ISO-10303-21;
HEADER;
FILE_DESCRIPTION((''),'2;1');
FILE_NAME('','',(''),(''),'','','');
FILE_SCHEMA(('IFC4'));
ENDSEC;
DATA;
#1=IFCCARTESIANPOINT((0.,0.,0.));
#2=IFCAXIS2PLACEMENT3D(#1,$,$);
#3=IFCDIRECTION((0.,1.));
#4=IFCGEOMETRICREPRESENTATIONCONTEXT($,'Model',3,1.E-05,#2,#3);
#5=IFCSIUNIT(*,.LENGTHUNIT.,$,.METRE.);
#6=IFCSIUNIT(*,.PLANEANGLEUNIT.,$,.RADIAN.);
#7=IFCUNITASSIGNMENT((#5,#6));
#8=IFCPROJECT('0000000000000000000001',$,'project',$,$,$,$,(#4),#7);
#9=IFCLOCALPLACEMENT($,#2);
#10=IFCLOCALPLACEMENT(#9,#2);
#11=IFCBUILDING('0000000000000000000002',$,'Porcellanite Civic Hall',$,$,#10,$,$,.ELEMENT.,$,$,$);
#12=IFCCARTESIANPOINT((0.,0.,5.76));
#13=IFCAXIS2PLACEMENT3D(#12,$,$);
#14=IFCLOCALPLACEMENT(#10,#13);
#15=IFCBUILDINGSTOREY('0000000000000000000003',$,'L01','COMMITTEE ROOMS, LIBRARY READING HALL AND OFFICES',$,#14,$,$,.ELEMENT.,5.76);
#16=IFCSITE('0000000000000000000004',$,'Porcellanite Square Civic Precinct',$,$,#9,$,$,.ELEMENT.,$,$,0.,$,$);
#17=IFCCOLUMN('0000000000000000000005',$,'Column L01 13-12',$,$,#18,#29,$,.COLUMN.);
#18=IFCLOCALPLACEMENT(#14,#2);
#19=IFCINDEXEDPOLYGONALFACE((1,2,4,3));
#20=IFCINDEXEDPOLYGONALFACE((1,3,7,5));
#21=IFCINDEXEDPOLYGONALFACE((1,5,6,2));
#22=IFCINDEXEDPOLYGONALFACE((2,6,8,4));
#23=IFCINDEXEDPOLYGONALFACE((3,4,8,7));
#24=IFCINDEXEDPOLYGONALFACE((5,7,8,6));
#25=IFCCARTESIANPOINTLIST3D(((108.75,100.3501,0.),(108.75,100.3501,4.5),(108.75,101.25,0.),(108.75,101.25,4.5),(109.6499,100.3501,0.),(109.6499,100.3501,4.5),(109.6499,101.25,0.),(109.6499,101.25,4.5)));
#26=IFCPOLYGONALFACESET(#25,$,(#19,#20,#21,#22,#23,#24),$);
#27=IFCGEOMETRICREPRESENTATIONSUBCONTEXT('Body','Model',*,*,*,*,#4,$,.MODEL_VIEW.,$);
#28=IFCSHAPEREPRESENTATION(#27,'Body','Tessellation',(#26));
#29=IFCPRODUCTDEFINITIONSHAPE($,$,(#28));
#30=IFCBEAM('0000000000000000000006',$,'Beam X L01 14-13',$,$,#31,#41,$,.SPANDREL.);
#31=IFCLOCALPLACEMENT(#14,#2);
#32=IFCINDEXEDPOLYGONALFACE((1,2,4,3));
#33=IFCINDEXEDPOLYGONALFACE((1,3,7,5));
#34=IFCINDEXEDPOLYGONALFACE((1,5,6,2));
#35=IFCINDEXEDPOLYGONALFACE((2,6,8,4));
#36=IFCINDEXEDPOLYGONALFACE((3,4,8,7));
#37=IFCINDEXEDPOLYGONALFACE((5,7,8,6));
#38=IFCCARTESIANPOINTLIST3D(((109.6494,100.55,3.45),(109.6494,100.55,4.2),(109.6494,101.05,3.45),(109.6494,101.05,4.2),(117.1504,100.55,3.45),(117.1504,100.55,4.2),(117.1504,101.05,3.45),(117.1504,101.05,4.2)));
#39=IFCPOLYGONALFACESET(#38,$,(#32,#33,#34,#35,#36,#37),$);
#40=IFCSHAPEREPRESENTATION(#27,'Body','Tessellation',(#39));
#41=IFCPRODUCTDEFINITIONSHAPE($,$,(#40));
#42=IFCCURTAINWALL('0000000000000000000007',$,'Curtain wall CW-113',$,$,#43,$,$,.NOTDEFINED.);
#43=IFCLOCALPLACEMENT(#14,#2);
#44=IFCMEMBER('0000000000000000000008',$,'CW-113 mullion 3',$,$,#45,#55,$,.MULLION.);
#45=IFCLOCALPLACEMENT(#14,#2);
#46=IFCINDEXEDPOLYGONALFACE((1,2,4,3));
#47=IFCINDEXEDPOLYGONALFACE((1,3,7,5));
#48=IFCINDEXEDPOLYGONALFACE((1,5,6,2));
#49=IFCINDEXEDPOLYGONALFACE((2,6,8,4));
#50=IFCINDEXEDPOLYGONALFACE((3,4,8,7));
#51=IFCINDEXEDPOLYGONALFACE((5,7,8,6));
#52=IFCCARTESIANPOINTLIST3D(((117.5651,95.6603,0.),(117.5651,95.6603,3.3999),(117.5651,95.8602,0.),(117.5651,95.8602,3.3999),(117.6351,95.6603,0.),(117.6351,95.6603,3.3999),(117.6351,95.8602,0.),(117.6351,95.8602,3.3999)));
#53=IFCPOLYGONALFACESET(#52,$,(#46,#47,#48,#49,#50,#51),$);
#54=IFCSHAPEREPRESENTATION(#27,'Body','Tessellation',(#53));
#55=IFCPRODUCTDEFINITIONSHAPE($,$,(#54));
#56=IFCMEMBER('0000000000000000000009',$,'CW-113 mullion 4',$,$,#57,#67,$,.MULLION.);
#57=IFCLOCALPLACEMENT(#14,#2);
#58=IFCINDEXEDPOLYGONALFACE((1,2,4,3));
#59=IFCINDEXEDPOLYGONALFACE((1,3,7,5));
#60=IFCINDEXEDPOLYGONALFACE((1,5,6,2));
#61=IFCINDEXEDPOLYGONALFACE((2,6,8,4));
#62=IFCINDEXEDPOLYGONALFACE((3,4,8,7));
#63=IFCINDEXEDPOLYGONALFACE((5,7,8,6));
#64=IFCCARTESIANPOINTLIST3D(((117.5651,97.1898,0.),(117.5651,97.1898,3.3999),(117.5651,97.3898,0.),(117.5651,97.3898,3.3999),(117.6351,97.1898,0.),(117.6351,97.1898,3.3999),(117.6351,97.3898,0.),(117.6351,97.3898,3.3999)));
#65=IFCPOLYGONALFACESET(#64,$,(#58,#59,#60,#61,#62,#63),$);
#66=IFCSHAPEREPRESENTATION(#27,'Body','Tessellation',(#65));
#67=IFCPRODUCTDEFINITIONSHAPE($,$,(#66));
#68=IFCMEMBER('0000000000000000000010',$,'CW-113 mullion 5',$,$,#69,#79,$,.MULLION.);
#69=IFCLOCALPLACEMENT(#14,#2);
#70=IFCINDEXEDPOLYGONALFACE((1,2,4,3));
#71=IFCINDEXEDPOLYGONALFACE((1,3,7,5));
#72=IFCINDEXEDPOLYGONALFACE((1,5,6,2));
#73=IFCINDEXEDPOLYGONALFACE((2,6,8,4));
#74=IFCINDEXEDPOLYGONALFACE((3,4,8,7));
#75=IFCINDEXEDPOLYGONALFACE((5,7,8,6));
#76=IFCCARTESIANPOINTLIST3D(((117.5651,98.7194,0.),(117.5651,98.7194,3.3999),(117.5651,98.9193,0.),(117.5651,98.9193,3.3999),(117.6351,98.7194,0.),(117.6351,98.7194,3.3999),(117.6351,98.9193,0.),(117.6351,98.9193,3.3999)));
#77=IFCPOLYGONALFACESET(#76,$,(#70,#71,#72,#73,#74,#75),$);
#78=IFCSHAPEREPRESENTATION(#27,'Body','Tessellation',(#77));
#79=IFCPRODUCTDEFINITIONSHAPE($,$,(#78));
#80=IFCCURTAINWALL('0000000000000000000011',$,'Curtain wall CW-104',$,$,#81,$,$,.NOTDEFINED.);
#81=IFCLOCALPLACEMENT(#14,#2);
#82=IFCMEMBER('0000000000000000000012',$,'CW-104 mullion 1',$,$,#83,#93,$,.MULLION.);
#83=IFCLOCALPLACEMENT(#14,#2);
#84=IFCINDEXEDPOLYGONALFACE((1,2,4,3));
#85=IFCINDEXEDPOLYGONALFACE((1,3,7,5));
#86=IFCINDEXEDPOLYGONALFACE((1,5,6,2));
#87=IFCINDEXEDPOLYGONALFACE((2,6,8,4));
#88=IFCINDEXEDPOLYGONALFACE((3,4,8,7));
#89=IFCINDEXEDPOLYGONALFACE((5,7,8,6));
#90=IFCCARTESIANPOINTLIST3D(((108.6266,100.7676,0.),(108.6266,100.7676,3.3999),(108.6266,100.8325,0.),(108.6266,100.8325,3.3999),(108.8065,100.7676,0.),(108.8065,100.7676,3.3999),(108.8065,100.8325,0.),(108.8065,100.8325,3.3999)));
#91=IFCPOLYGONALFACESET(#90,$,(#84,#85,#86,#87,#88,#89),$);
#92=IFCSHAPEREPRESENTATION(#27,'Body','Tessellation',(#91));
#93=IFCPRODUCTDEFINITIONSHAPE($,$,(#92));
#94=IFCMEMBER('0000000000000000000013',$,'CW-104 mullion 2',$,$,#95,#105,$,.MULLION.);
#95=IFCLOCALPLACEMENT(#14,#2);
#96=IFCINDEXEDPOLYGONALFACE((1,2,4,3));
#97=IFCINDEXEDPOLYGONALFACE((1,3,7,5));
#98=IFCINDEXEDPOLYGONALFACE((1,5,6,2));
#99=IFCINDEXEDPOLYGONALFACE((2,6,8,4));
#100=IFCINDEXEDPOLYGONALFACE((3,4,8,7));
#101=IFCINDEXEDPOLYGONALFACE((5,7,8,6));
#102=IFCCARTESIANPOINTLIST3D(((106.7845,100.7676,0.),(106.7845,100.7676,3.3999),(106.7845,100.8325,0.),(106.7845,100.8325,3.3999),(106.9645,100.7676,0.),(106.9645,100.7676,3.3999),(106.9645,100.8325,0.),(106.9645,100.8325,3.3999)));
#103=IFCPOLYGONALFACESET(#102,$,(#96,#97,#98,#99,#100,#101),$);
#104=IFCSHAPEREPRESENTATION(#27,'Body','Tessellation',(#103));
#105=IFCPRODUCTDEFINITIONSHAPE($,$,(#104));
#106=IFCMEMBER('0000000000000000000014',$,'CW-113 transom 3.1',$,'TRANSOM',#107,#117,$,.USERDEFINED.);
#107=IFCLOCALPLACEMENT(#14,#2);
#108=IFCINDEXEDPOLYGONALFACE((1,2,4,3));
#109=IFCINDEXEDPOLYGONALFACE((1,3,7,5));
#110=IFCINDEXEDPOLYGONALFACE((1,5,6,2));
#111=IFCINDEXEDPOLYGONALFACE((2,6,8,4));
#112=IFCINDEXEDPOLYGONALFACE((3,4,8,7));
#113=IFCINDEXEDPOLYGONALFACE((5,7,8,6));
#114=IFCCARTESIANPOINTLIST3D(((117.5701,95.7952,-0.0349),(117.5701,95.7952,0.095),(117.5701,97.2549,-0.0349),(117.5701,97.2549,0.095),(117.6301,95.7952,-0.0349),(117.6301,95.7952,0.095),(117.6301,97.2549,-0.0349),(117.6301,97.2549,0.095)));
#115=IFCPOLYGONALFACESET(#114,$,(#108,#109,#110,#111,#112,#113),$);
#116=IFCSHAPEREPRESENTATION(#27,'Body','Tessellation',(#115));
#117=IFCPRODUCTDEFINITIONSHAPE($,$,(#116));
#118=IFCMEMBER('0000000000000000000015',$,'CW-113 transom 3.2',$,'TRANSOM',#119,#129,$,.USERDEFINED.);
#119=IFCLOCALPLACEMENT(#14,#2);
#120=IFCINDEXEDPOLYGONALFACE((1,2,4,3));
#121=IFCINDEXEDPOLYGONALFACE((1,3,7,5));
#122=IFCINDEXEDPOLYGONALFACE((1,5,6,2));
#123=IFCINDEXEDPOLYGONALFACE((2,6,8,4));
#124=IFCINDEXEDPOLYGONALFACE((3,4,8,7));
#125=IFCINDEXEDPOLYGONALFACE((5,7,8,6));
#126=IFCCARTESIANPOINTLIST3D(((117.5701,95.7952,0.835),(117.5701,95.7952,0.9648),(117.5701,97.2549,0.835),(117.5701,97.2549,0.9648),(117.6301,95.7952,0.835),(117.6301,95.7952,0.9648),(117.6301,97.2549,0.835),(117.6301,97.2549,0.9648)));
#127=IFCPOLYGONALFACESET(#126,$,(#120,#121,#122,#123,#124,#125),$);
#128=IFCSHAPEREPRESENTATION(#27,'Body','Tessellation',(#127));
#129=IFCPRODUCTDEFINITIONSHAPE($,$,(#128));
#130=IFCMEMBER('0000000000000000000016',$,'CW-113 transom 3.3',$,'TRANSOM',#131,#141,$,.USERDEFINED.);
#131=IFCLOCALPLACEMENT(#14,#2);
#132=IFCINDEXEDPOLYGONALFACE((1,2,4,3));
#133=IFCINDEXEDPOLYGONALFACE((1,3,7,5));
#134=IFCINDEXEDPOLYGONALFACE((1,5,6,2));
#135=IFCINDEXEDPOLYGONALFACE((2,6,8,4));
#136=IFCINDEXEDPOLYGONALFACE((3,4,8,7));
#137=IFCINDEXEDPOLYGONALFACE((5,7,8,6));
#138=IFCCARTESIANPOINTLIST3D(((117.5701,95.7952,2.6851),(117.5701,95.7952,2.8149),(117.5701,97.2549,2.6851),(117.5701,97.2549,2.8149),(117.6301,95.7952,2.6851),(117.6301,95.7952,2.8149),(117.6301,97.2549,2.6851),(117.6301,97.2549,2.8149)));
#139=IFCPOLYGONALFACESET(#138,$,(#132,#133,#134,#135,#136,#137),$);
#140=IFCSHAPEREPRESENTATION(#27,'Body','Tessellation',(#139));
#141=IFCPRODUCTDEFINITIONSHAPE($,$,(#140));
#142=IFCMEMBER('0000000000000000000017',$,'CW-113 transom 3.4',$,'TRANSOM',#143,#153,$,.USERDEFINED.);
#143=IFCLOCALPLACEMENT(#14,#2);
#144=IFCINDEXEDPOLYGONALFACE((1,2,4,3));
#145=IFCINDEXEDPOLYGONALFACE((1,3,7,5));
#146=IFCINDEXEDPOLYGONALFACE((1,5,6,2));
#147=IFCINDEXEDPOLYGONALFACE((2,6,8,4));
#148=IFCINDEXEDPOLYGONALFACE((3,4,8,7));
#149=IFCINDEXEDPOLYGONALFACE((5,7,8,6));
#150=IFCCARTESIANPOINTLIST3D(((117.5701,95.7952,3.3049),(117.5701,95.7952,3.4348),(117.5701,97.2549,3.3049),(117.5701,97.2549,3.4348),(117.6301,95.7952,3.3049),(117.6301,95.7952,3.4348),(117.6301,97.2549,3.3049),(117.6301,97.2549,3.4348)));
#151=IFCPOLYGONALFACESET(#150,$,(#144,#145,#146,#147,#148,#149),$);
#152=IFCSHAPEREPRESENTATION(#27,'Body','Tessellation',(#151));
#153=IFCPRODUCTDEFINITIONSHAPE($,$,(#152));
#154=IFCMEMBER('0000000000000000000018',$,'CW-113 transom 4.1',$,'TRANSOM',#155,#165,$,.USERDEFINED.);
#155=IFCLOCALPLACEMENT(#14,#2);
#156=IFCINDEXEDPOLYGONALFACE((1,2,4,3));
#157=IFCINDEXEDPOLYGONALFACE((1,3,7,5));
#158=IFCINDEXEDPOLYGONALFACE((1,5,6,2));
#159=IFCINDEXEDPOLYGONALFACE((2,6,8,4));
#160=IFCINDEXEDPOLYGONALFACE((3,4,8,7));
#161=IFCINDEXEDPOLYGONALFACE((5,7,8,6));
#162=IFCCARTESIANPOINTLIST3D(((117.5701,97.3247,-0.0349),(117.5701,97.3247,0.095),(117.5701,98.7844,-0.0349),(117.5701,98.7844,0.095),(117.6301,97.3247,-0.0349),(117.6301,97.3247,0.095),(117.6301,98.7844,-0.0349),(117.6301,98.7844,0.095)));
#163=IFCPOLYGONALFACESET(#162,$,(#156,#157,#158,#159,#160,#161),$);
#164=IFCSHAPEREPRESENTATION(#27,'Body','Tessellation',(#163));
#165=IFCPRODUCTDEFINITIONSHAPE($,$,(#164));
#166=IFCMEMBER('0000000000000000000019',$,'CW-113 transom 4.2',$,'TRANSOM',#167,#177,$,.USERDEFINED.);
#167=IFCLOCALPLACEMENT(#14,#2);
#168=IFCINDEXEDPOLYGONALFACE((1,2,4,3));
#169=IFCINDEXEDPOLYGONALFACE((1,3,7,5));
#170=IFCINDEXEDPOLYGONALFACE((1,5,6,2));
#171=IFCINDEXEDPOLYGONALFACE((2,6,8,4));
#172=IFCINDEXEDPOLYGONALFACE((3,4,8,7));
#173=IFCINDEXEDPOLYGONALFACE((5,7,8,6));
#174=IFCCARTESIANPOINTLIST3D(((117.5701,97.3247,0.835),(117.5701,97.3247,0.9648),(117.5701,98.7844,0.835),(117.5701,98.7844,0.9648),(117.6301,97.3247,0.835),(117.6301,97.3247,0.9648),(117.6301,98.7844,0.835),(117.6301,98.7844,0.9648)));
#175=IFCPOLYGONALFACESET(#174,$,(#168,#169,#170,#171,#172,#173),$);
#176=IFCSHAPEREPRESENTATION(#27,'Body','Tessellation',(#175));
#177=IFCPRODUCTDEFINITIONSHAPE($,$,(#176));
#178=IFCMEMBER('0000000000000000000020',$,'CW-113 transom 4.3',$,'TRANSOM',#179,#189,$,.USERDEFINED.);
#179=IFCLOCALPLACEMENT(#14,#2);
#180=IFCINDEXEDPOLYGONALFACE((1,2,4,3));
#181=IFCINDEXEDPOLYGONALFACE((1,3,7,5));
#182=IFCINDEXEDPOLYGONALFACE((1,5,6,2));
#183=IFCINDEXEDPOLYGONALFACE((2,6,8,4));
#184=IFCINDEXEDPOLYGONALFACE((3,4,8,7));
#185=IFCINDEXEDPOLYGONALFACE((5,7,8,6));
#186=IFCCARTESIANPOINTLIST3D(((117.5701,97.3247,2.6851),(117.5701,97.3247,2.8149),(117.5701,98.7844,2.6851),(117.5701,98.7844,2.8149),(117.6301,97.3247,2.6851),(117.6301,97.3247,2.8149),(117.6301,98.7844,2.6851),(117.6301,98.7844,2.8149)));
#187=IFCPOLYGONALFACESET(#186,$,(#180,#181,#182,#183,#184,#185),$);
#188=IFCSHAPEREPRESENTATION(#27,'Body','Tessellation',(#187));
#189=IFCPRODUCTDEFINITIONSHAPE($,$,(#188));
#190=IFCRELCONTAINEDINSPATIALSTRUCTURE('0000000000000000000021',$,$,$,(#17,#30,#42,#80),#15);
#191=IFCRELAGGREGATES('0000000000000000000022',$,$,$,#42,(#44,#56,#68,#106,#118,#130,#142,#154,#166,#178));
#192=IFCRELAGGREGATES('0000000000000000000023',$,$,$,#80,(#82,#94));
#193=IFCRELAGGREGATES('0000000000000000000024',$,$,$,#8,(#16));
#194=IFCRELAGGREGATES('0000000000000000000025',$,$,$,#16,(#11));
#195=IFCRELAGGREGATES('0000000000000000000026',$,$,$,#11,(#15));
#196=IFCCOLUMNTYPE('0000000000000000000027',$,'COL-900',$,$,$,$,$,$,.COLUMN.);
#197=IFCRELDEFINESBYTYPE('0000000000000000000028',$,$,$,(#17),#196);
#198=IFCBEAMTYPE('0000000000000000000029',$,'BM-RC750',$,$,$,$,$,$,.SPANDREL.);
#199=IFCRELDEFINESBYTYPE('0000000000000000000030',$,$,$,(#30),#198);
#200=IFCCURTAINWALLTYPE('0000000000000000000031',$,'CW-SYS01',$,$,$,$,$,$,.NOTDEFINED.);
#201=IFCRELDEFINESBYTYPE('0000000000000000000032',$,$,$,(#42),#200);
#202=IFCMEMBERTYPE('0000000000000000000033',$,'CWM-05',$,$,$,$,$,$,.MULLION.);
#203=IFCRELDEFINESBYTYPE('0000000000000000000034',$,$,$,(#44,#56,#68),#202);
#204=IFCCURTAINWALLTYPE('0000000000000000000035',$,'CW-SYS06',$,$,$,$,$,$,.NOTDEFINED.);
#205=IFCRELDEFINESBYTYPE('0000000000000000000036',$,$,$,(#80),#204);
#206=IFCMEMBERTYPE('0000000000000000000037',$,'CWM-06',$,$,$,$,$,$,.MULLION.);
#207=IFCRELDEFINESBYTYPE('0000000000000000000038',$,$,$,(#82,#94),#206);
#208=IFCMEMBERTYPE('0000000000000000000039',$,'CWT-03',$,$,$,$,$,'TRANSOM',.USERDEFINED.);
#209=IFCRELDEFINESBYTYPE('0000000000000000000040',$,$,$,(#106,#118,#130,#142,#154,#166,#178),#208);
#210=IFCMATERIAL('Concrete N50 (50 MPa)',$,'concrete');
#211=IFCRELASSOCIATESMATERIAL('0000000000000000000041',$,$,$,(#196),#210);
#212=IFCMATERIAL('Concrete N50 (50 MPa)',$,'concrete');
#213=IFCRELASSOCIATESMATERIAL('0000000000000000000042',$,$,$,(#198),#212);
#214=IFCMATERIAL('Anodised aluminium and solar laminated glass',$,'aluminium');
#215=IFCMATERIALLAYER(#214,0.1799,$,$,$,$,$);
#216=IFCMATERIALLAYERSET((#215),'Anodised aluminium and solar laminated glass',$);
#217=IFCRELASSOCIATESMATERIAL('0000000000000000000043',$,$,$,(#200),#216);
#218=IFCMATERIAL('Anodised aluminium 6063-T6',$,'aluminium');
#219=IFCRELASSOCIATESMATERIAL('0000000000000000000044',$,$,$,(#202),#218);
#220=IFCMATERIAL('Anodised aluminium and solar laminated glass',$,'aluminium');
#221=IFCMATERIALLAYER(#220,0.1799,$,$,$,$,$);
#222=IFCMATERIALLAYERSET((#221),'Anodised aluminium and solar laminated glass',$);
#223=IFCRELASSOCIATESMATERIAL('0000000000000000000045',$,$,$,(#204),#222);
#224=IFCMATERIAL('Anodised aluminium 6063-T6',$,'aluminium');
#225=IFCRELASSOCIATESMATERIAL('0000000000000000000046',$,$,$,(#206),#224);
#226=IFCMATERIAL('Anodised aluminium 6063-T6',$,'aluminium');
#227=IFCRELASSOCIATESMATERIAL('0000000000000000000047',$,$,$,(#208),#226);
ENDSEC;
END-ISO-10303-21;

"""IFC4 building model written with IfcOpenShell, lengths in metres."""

from ifc_helpers import new_model, si_unit, direction, frame, origin, origin_2d, place, context, subcontext, project, spatial, rectangle, extrude, material, layer, layer_set, material_profile, profile_set, type_object, element, aggregate, save


model = new_model("IFC4")

# Units and contexts
model_context = context("Model", 3, precision=1e-05, world=origin(), true_north=direction((0.0, 1.0)))
body_context = subcontext(model_context, "Body", "Model", "MODEL_VIEW")
ifc_project = project(units=[si_unit("LENGTHUNIT", "METRE"), si_unit("PLANEANGLEUNIT", "RADIAN")], contexts=[model_context])

# Site, building, storey
site_placement = place(None, origin())
site = spatial("IfcSite", under=ifc_project, at=site_placement, Name="Porcellanite Square Civic Precinct", CompositionType="ELEMENT", RefElevation=0.0)
building_placement = place(site_placement, origin())
building = spatial("IfcBuilding", under=site, at=building_placement, Name="Porcellanite Civic Hall", CompositionType="ELEMENT")
storey_placement = place(building_placement, frame((0.0, 0.0, 5.76)))
storey = spatial("IfcBuildingStorey", under=building, at=storey_placement, Name="L01", Description="COMMITTEE ROOMS, LIBRARY READING HALL AND OFFICES", CompositionType="ELEMENT", Elevation=5.76)

# Column
ifc_material_1 = material(Name="Concrete N50 (50 MPa)", Category="concrete")
ifc_material_profile_1 = material_profile(ifc_material_1, rectangle(XDim=0.8999, YDim=0.8999, at=origin_2d()), Name="RC-900x900")
ifc_profile_set_1 = profile_set([ifc_material_profile_1], Name="Concrete N50 (50 MPa)")
column_type = type_object("IfcColumnType", Name="COL-900", PredefinedType="COLUMN", material=ifc_profile_set_1)
column_placement = place(storey_placement, frame((109.2, 100.8, 0.0), z_axis=(0.0, 0.0, 1.0), x_axis=(1.0, 0.0, 0.0)))
element("IfcColumn", 1, at=column_placement, inside=storey, type_object=column_type, Name="Column L01 13-12", PredefinedType="COLUMN", context=body_context, shape_type="SweptSolid", body=[
    extrude(rectangle(XDim=0.8999, YDim=0.8999, at=origin_2d()), origin(), (0.0, 0.0, 1.0), 4.5),
])

# Beam
ifc_material_2 = material(Name="Concrete N50 (50 MPa)", Category="concrete")
ifc_material_profile_2 = material_profile(ifc_material_2, rectangle(XDim=0.5, YDim=0.75, at=origin_2d()), Name="RC-500x750")
ifc_profile_set_2 = profile_set([ifc_material_profile_2], Name="Concrete N50 (50 MPa)")
beam_type = type_object("IfcBeamType", Name="BM-RC750", PredefinedType="SPANDREL", material=ifc_profile_set_2)
beam_placement = place(storey_placement, frame((109.6494, 100.8, 3.825), z_axis=(1.0, 0.0, 0.0), x_axis=(0.0, 1.0, 0.0)))
element("IfcBeam", 2, at=beam_placement, inside=storey, type_object=beam_type, Name="Beam X L01 14-13", PredefinedType="SPANDREL", context=body_context, shape_type="SweptSolid", body=[
    extrude(rectangle(XDim=0.5, YDim=0.75, at=origin_2d()), origin(), (0.0, 0.0, 1.0), 7.501),
])

# Curtain walls, members
ifc_material_3 = material(Name="Anodised aluminium and solar laminated glass", Category="aluminium")
ifc_layer_1 = layer(ifc_material_3, 0.1799)
ifc_layer_set_1 = layer_set([ifc_layer_1], Name="Anodised aluminium and solar laminated glass")
curtain_wall_type_1 = type_object("IfcCurtainWallType", Name="CW-SYS01", PredefinedType="NOTDEFINED", material=ifc_layer_set_1)
curtain_wall_1_placement = place(storey_placement, origin())
curtain_wall_1 = element("IfcCurtainWall", 3, at=curtain_wall_1_placement, inside=storey, type_object=curtain_wall_type_1, Name="Curtain wall CW-113", PredefinedType="NOTDEFINED")
ifc_material_4 = material(Name="Anodised aluminium 6063-T6", Category="aluminium")
ifc_material_profile_3 = material_profile(ifc_material_4, rectangle(XDim=0.0701, YDim=0.2, at=origin_2d()), Name="AL-70x200")
ifc_profile_set_3 = profile_set([ifc_material_profile_3], Name="Anodised aluminium 6063-T6")
member_type_1 = type_object("IfcMemberType", Name="CWM-05", PredefinedType="MULLION", material=ifc_profile_set_3)
member_1_placement = place(storey_placement, frame((117.6001, 95.7603, 0.0), z_axis=(0.0, 0.0, 1.0), x_axis=(-1.0, 0.0, 0.0)))
member_1 = element("IfcMember", 4, at=member_1_placement, type_object=member_type_1, Name="CW-113 mullion 3", PredefinedType="MULLION", context=body_context, shape_type="SweptSolid", body=[
    extrude(rectangle(XDim=0.0701, YDim=0.2, at=origin_2d()), origin(), (0.0, 0.0, 1.0), 3.3999),
])
member_2_placement = place(storey_placement, frame((117.6001, 97.2898, 0.0), z_axis=(0.0, 0.0, 1.0), x_axis=(-1.0, 0.0, 0.0)))
member_2 = element("IfcMember", 5, at=member_2_placement, type_object=member_type_1, Name="CW-113 mullion 4", PredefinedType="MULLION", context=body_context, shape_type="SweptSolid", body=[
    extrude(rectangle(XDim=0.0701, YDim=0.2, at=origin_2d()), origin(), (0.0, 0.0, 1.0), 3.3999),
])
member_3_placement = place(storey_placement, frame((117.6001, 98.8193, 0.0), z_axis=(0.0, 0.0, 1.0), x_axis=(-1.0, 0.0, 0.0)))
member_3 = element("IfcMember", 6, at=member_3_placement, type_object=member_type_1, Name="CW-113 mullion 5", PredefinedType="MULLION", context=body_context, shape_type="SweptSolid", body=[
    extrude(rectangle(XDim=0.0701, YDim=0.2, at=origin_2d()), origin(), (0.0, 0.0, 1.0), 3.3999),
])
ifc_material_5 = material(Name="Anodised aluminium and solar laminated glass", Category="aluminium")
ifc_layer_2 = layer(ifc_material_5, 0.1799)
ifc_layer_set_2 = layer_set([ifc_layer_2], Name="Anodised aluminium and solar laminated glass")
curtain_wall_type_2 = type_object("IfcCurtainWallType", Name="CW-SYS06", PredefinedType="NOTDEFINED", material=ifc_layer_set_2)
curtain_wall_2_placement = place(storey_placement, origin())
curtain_wall_2 = element("IfcCurtainWall", 7, at=curtain_wall_2_placement, inside=storey, type_object=curtain_wall_type_2, Name="Curtain wall CW-104", PredefinedType="NOTDEFINED")
ifc_material_6 = material(Name="Anodised aluminium 6063-T6", Category="aluminium")
ifc_material_profile_4 = material_profile(ifc_material_6, rectangle(XDim=0.0649, YDim=0.1799, at=origin_2d()), Name="AL-65x180")
ifc_profile_set_4 = profile_set([ifc_material_profile_4], Name="Anodised aluminium 6063-T6")
member_type_2 = type_object("IfcMemberType", Name="CWM-06", PredefinedType="MULLION", material=ifc_profile_set_4)
member_4_placement = place(storey_placement, frame((108.7166, 100.8, 0.0), z_axis=(0.0, 0.0, 1.0), x_axis=(0.0, -1.0, 0.0)))
member_4 = element("IfcMember", 8, at=member_4_placement, type_object=member_type_2, Name="CW-104 mullion 1", PredefinedType="MULLION", context=body_context, shape_type="SweptSolid", body=[
    extrude(rectangle(XDim=0.0649, YDim=0.1799, at=origin_2d()), origin(), (0.0, 0.0, 1.0), 3.3999),
])
member_5_placement = place(storey_placement, frame((106.8745, 100.8, 0.0), z_axis=(0.0, 0.0, 1.0), x_axis=(0.0, -1.0, 0.0)))
member_5 = element("IfcMember", 9, at=member_5_placement, type_object=member_type_2, Name="CW-104 mullion 2", PredefinedType="MULLION", context=body_context, shape_type="SweptSolid", body=[
    extrude(rectangle(XDim=0.0649, YDim=0.1799, at=origin_2d()), origin(), (0.0, 0.0, 1.0), 3.3999),
])

# Members
ifc_material_7 = material(Name="Anodised aluminium 6063-T6", Category="aluminium")
ifc_material_profile_5 = material_profile(ifc_material_7, rectangle(XDim=0.0601, YDim=0.1299, at=origin_2d()), Name="AL-60x130")
ifc_profile_set_5 = profile_set([ifc_material_profile_5], Name="Anodised aluminium 6063-T6")
member_type_3 = type_object("IfcMemberType", Name="CWT-03", ElementType="TRANSOM", PredefinedType="USERDEFINED", material=ifc_profile_set_5)
member_6_placement = place(storey_placement, frame((117.6001, 95.7952, 0.03), z_axis=(0.0, 1.0, 0.0), x_axis=(-1.0, 0.0, 0.0)))
member_6 = element("IfcMember", 10, at=member_6_placement, type_object=member_type_3, Name="CW-113 transom 3.1", ObjectType="TRANSOM", PredefinedType="USERDEFINED", context=body_context, shape_type="SweptSolid", body=[
    extrude(rectangle(XDim=0.0601, YDim=0.1299, at=origin_2d()), origin(), (0.0, 0.0, 1.0), 1.4597),
])
member_7_placement = place(storey_placement, frame((117.6001, 95.7952, 0.8999), z_axis=(0.0, 1.0, 0.0), x_axis=(-1.0, 0.0, 0.0)))
member_7 = element("IfcMember", 11, at=member_7_placement, type_object=member_type_3, Name="CW-113 transom 3.2", ObjectType="TRANSOM", PredefinedType="USERDEFINED", context=body_context, shape_type="SweptSolid", body=[
    extrude(rectangle(XDim=0.0601, YDim=0.1299, at=origin_2d()), origin(), (0.0, 0.0, 1.0), 1.4597),
])
member_8_placement = place(storey_placement, frame((117.6001, 95.7952, 2.75), z_axis=(0.0, 1.0, 0.0), x_axis=(-1.0, 0.0, 0.0)))
member_8 = element("IfcMember", 12, at=member_8_placement, type_object=member_type_3, Name="CW-113 transom 3.3", ObjectType="TRANSOM", PredefinedType="USERDEFINED", context=body_context, shape_type="SweptSolid", body=[
    extrude(rectangle(XDim=0.0601, YDim=0.1299, at=origin_2d()), origin(), (0.0, 0.0, 1.0), 1.4597),
])
member_9_placement = place(storey_placement, frame((117.6001, 95.7952, 3.3699), z_axis=(0.0, 1.0, 0.0), x_axis=(-1.0, 0.0, 0.0)))
member_9 = element("IfcMember", 13, at=member_9_placement, type_object=member_type_3, Name="CW-113 transom 3.4", ObjectType="TRANSOM", PredefinedType="USERDEFINED", context=body_context, shape_type="SweptSolid", body=[
    extrude(rectangle(XDim=0.0601, YDim=0.1299, at=origin_2d()), origin(), (0.0, 0.0, 1.0), 1.4597),
])
member_10_placement = place(storey_placement, frame((117.6001, 97.3247, 0.03), z_axis=(0.0, 1.0, 0.0), x_axis=(-1.0, 0.0, 0.0)))
member_10 = element("IfcMember", 14, at=member_10_placement, type_object=member_type_3, Name="CW-113 transom 4.1", ObjectType="TRANSOM", PredefinedType="USERDEFINED", context=body_context, shape_type="SweptSolid", body=[
    extrude(rectangle(XDim=0.0601, YDim=0.1299, at=origin_2d()), origin(), (0.0, 0.0, 1.0), 1.4597),
])
member_11_placement = place(storey_placement, frame((117.6001, 97.3247, 0.8999), z_axis=(0.0, 1.0, 0.0), x_axis=(-1.0, 0.0, 0.0)))
member_11 = element("IfcMember", 15, at=member_11_placement, type_object=member_type_3, Name="CW-113 transom 4.2", ObjectType="TRANSOM", PredefinedType="USERDEFINED", context=body_context, shape_type="SweptSolid", body=[
    extrude(rectangle(XDim=0.0601, YDim=0.1299, at=origin_2d()), origin(), (0.0, 0.0, 1.0), 1.4597),
])
member_12_placement = place(storey_placement, frame((117.6001, 97.3247, 2.75), z_axis=(0.0, 1.0, 0.0), x_axis=(-1.0, 0.0, 0.0)))
member_12 = element("IfcMember", 16, at=member_12_placement, type_object=member_type_3, Name="CW-113 transom 4.3", ObjectType="TRANSOM", PredefinedType="USERDEFINED", context=body_context, shape_type="SweptSolid", body=[
    extrude(rectangle(XDim=0.0601, YDim=0.1299, at=origin_2d()), origin(), (0.0, 0.0, 1.0), 1.4597),
])

aggregate(curtain_wall_1, [member_1, member_2, member_3, member_6, member_7, member_8, member_9, member_10, member_11, member_12])
aggregate(curtain_wall_2, [member_4, member_5])

save(model, "model.ifc")
